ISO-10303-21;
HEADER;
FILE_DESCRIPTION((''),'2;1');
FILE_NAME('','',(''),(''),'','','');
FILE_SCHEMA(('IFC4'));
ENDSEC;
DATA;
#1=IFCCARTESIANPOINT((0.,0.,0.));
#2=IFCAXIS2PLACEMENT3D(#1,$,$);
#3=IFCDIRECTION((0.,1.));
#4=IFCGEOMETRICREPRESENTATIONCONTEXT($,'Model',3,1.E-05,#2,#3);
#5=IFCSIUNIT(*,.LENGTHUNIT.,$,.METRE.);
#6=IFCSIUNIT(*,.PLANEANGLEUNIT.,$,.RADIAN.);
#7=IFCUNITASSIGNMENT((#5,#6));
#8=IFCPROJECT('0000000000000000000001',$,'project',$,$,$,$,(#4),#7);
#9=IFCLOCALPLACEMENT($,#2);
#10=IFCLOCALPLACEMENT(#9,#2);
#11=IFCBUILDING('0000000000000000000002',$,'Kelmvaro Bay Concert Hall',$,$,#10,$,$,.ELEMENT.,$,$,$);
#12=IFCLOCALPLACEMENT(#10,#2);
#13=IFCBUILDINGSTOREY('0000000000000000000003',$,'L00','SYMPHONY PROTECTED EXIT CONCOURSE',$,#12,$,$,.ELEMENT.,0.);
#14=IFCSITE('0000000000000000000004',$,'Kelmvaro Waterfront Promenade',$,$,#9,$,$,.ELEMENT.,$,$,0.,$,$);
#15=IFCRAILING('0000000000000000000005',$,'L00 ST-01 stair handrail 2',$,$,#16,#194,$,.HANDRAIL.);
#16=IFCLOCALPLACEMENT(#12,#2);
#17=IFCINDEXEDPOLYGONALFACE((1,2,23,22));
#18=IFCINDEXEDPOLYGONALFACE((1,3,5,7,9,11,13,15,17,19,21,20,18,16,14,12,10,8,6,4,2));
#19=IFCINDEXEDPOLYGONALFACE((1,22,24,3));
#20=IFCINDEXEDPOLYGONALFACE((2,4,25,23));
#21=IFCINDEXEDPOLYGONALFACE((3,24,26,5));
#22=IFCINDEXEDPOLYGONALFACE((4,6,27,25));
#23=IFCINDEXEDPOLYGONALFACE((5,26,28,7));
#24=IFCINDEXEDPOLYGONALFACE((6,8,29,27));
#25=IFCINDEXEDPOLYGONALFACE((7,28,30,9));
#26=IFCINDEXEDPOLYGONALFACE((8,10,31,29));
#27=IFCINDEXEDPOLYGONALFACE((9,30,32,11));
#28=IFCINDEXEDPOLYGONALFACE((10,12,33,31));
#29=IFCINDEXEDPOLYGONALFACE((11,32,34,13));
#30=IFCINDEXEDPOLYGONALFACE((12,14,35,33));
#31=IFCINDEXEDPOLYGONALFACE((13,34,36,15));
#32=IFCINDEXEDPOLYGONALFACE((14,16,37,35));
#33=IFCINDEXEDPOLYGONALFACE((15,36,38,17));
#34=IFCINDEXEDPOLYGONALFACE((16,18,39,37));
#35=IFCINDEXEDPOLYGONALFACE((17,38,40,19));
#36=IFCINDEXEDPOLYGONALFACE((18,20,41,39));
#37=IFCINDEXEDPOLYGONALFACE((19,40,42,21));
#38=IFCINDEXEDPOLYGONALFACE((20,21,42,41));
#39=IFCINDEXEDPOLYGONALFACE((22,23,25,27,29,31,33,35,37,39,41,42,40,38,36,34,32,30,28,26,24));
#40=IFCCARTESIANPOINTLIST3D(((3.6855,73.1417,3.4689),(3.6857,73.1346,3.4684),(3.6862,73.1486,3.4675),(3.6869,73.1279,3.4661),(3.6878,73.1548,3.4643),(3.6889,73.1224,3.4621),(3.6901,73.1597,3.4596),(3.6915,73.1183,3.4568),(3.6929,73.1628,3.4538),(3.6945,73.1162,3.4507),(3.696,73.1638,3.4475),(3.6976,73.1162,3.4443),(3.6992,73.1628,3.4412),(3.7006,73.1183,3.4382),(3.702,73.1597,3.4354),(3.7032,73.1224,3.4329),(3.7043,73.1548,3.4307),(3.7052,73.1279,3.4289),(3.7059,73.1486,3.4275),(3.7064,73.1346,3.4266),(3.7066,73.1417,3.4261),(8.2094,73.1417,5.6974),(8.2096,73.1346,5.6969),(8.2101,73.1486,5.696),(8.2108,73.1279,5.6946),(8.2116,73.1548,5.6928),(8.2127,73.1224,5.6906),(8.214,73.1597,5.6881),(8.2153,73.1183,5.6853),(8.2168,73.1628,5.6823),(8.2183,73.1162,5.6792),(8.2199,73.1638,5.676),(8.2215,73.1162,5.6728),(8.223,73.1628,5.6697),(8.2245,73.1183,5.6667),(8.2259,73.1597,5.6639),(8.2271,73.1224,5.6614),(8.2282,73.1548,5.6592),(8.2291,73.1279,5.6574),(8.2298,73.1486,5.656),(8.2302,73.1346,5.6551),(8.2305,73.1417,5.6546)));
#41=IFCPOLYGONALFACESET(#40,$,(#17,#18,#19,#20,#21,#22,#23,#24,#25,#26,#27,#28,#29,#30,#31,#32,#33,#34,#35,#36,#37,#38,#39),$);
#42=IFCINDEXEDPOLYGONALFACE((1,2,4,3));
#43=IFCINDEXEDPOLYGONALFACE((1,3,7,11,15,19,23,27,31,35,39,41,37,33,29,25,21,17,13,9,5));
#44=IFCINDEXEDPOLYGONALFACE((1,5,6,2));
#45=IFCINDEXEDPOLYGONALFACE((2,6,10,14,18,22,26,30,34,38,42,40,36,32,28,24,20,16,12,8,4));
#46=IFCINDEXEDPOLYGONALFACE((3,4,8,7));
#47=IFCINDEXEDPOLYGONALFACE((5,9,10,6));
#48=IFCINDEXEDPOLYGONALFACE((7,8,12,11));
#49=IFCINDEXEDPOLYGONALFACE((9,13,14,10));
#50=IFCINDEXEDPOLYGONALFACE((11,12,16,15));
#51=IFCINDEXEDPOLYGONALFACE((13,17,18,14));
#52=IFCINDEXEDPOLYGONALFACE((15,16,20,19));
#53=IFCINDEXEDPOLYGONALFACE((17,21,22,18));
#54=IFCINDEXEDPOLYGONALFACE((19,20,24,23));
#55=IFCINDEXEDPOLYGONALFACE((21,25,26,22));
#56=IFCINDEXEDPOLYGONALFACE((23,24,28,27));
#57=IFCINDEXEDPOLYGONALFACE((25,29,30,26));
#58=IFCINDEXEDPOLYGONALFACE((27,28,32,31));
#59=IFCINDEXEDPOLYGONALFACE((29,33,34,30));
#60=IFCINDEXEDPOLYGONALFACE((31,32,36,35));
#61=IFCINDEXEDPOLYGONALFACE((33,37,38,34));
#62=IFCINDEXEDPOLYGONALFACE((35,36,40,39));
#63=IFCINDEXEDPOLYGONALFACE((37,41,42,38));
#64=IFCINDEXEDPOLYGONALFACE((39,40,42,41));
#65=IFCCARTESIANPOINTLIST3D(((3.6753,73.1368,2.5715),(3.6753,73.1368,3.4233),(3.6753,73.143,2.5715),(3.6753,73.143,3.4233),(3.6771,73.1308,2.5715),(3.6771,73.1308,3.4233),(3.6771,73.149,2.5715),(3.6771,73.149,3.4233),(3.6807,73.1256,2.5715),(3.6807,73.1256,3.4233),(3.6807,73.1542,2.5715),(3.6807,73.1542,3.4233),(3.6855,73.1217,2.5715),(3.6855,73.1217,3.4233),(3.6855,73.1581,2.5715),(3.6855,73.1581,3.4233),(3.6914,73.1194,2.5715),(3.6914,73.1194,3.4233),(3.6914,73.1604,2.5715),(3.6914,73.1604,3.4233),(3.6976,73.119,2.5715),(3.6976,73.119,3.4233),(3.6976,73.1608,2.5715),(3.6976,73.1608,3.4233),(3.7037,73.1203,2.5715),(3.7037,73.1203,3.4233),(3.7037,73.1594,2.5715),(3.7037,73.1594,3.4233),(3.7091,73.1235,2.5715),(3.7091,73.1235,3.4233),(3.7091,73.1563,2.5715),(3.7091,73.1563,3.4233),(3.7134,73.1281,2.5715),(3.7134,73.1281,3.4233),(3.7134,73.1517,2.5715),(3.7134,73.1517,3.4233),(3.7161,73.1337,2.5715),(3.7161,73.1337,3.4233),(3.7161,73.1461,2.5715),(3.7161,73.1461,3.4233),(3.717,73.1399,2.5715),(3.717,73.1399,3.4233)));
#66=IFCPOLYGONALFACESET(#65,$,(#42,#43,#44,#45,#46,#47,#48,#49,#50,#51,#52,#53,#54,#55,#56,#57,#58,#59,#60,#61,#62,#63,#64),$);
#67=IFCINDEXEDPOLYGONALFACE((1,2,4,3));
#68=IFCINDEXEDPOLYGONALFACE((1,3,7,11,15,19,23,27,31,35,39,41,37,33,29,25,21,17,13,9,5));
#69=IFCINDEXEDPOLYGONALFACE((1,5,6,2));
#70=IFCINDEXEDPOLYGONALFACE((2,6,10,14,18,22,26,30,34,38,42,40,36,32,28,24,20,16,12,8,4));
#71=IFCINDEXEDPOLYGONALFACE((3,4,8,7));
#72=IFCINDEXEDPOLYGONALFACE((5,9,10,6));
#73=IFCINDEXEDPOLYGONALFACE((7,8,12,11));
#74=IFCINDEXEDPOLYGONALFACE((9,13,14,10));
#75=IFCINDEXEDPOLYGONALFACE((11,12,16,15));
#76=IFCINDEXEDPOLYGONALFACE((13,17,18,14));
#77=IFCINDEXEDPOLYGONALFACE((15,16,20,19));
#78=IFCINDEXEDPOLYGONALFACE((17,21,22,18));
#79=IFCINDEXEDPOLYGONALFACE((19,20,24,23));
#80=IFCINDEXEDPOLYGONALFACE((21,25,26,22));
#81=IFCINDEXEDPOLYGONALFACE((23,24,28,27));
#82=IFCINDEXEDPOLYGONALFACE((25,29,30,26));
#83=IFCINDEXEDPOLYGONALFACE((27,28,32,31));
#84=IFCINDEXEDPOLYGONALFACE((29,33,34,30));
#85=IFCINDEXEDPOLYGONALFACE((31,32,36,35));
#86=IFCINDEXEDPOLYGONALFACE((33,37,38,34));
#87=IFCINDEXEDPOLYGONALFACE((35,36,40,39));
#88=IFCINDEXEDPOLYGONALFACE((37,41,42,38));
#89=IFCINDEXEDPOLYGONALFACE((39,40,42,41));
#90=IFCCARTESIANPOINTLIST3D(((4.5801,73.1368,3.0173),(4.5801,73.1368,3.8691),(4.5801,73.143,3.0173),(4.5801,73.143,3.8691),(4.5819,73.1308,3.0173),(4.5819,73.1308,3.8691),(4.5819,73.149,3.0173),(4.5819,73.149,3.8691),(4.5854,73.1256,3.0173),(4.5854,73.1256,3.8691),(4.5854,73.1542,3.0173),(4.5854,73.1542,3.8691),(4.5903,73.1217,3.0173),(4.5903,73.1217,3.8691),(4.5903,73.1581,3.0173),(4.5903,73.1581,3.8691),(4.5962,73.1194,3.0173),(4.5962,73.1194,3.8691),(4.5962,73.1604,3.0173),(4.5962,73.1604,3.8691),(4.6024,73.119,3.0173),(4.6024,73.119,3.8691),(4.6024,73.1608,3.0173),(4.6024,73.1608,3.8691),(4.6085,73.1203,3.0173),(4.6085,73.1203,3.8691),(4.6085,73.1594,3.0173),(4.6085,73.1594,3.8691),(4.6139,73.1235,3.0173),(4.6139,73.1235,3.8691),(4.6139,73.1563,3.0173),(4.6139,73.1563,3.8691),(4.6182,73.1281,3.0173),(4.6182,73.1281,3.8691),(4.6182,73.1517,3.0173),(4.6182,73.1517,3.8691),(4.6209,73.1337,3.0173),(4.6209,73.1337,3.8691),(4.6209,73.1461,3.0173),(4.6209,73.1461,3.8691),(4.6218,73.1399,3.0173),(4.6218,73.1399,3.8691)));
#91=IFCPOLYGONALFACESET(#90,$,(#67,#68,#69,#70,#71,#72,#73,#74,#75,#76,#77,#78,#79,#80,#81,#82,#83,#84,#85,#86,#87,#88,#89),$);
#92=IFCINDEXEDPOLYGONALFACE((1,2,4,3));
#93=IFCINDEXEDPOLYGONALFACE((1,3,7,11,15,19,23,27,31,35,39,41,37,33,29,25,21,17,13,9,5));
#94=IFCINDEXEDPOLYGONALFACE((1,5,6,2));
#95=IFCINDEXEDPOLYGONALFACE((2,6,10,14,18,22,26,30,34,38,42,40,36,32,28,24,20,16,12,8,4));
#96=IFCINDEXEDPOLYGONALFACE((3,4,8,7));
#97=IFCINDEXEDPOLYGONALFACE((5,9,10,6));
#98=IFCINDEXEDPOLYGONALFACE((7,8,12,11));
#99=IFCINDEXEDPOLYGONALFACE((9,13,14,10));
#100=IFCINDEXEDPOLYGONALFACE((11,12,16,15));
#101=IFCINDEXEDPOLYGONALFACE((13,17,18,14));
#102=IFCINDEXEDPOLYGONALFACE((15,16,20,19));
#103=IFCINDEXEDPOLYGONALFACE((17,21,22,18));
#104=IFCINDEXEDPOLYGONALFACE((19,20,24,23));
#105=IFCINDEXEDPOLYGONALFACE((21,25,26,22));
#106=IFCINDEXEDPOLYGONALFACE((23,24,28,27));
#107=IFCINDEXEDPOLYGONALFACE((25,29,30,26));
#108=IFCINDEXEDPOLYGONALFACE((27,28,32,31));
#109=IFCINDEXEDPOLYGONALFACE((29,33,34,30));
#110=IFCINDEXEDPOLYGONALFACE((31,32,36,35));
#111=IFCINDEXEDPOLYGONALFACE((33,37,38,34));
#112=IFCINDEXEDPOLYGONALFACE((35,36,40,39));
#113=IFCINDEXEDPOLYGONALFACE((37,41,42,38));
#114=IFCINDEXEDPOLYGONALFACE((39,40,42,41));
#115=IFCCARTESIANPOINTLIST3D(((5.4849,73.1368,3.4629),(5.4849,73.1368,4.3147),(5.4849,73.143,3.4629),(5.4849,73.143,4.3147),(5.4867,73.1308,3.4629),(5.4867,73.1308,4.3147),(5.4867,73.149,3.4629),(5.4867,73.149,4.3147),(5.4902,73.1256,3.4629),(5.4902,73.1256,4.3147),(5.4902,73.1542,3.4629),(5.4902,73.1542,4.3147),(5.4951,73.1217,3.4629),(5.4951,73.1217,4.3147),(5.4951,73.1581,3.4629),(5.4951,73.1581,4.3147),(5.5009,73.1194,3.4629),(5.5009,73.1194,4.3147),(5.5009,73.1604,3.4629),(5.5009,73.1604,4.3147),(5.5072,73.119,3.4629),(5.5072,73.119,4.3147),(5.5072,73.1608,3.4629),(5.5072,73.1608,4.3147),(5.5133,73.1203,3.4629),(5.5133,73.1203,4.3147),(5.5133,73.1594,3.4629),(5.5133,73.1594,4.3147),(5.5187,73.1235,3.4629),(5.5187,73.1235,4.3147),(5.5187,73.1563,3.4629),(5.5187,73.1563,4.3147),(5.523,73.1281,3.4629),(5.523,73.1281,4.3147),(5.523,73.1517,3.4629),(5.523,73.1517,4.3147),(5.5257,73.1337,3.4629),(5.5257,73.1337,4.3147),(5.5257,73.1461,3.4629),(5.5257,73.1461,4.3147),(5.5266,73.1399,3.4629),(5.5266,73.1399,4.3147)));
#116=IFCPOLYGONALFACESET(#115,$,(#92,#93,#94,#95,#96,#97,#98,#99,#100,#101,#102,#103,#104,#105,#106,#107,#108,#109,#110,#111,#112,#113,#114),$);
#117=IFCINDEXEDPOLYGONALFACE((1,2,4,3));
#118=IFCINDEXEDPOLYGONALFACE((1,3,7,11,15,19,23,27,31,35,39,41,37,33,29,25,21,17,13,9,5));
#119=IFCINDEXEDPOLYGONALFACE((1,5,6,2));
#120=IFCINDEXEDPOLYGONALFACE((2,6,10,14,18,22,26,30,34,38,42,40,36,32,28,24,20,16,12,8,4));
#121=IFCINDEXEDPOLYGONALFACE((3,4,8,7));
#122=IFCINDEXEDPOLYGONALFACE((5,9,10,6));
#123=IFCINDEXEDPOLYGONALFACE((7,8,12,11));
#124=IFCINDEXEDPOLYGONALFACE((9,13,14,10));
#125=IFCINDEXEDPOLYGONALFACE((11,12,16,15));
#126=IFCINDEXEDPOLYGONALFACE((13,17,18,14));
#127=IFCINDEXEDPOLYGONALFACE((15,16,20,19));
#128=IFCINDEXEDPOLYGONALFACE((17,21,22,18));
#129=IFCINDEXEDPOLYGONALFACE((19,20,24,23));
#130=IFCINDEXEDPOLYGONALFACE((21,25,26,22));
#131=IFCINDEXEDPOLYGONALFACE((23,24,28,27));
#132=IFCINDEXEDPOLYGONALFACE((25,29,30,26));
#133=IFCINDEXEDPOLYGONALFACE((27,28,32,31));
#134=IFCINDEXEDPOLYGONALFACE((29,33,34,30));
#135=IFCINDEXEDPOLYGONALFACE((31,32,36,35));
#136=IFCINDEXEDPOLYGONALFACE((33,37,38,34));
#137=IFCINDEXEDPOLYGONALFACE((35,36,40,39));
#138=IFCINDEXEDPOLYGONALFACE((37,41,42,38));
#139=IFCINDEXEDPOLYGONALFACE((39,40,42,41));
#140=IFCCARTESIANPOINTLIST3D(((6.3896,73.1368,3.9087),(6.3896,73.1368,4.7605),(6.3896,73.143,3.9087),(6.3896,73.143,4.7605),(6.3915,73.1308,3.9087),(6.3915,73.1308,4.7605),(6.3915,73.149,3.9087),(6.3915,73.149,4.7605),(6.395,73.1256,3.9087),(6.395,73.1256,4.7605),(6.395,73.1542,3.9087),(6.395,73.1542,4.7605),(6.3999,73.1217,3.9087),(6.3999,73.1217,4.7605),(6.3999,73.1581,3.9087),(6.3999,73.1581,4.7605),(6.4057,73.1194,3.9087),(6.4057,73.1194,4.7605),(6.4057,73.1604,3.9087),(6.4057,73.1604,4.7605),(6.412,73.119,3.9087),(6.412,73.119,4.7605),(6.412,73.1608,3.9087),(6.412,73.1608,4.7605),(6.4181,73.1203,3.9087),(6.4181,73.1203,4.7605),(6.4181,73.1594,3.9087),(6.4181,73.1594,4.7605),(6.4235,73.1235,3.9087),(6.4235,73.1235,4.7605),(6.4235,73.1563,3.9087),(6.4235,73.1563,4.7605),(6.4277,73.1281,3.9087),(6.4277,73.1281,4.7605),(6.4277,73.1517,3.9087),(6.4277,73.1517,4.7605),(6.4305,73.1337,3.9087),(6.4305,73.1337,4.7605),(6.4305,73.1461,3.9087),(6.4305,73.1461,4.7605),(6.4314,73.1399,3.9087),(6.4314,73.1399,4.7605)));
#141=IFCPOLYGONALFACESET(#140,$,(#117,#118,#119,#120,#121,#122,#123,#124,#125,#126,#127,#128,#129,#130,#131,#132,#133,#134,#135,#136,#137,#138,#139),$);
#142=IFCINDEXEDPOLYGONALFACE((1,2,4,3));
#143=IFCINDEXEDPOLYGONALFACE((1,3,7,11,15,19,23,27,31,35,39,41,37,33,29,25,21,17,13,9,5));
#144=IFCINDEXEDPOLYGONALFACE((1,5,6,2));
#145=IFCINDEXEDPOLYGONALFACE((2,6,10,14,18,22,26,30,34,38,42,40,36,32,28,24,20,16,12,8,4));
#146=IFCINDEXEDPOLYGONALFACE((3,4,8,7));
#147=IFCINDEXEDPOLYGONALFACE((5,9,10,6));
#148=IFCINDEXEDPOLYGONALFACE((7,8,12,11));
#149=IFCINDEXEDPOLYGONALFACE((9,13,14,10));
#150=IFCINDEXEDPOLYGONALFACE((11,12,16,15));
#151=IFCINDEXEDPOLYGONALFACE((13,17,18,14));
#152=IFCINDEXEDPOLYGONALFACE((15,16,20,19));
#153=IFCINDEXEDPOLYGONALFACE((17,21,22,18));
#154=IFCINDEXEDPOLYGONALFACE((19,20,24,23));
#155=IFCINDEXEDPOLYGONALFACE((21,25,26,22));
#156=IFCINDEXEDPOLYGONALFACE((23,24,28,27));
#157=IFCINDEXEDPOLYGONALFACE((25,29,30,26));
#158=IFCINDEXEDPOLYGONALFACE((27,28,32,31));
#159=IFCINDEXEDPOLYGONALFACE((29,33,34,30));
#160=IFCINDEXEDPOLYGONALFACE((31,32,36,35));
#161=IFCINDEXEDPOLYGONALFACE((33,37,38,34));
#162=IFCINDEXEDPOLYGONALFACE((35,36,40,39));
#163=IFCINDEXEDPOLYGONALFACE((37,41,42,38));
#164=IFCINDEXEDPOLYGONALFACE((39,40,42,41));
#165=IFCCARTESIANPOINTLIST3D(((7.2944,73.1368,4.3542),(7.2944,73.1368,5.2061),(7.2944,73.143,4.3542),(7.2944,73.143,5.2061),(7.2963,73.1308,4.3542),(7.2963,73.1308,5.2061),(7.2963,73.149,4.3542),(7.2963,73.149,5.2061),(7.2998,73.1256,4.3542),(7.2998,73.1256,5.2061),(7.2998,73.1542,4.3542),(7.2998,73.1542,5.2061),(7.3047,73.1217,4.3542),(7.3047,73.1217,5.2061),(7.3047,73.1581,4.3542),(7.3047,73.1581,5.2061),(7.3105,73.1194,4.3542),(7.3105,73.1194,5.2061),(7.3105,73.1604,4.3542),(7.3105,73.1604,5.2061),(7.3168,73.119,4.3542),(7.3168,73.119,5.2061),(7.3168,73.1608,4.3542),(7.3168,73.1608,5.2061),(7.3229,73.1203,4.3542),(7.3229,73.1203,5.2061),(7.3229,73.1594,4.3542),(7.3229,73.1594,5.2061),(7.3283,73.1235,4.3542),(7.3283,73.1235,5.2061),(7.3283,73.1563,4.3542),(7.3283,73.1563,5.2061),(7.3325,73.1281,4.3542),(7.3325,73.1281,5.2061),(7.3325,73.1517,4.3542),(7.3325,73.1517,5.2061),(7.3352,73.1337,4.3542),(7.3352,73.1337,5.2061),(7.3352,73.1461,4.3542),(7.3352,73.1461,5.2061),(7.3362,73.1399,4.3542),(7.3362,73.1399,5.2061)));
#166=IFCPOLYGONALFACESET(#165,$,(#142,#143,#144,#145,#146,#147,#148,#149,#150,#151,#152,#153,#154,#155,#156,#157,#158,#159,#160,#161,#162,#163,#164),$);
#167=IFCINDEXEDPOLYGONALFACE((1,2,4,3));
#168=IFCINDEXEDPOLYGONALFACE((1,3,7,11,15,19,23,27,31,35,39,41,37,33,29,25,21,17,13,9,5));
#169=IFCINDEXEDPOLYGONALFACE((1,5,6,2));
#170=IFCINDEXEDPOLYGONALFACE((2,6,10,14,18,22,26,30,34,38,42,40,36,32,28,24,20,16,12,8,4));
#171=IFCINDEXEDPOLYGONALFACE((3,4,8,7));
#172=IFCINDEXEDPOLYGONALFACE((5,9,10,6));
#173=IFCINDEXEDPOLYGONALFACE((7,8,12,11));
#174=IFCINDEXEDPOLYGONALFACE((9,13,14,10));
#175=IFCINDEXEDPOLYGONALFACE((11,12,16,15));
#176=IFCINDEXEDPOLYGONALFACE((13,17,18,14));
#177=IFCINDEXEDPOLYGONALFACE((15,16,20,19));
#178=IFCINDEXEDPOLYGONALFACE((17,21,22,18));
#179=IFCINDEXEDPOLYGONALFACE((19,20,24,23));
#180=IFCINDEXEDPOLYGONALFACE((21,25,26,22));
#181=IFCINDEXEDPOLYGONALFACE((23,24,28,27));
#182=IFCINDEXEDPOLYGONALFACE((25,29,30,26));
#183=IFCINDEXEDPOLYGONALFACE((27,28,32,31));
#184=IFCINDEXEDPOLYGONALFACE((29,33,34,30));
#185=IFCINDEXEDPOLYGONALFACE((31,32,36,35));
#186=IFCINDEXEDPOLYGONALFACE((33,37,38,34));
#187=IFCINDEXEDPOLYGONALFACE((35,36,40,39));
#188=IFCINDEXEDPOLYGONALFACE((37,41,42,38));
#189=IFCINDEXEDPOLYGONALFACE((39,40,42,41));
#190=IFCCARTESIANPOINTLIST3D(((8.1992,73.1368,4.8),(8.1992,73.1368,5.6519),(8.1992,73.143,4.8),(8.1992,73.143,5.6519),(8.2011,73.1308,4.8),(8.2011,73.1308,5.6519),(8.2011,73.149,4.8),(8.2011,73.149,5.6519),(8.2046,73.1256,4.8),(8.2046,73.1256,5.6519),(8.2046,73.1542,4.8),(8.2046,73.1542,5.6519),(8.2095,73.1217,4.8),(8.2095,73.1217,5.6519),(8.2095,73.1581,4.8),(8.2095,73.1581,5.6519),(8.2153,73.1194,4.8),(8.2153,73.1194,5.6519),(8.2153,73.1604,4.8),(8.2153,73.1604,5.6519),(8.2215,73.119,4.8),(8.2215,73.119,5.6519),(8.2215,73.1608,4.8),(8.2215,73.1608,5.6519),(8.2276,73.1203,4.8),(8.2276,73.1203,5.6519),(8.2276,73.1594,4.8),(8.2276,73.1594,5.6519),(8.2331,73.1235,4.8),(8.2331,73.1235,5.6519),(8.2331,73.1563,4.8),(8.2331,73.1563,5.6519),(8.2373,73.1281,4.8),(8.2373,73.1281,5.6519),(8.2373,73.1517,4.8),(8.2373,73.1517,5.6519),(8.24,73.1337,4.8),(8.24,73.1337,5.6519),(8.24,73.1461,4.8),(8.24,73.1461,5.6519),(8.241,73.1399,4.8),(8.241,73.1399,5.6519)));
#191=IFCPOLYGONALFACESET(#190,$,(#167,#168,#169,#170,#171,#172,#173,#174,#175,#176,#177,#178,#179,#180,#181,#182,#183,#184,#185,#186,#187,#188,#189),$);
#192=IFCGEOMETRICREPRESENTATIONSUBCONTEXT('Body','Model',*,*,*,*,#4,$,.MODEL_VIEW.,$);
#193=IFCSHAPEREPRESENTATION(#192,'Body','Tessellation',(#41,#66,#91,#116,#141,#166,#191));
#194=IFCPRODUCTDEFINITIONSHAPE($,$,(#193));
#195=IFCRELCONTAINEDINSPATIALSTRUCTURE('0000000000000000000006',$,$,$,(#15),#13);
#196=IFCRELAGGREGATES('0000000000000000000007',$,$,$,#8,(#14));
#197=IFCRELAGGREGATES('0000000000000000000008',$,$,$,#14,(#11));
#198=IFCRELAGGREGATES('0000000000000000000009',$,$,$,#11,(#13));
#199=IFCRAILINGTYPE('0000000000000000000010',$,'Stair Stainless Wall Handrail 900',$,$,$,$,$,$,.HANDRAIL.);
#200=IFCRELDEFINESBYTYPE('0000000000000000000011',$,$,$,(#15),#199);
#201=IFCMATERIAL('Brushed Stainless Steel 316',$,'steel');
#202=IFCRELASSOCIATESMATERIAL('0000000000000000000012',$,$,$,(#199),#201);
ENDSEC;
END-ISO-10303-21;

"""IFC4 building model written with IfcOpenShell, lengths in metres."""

from ifc_helpers import new_model, si_unit, direction, frame, origin, origin_2d, place, context, subcontext, project, spatial, circle, extrude, material, type_object, element, save


model = new_model("IFC4")

# Units and contexts
model_context = context("Model", 3, precision=1e-05, world=origin(), true_north=direction((0.0, 1.0)))
body_context = subcontext(model_context, "Body", "Model", "MODEL_VIEW")
ifc_project = project(units=[si_unit("LENGTHUNIT", "METRE"), si_unit("PLANEANGLEUNIT", "RADIAN")], contexts=[model_context])

# Site, building, storey
site_placement = place(None, origin())
site = spatial("IfcSite", under=ifc_project, at=site_placement, Name="Kelmvaro Waterfront Promenade", CompositionType="ELEMENT", RefElevation=0.0)
building_placement = place(site_placement, origin())
building = spatial("IfcBuilding", under=site, at=building_placement, Name="Kelmvaro Bay Concert Hall", CompositionType="ELEMENT")
storey_placement = place(building_placement, origin())
storey = spatial("IfcBuildingStorey", under=building, at=storey_placement, Name="L00", Description="SYMPHONY PROTECTED EXIT CONCOURSE", CompositionType="ELEMENT", Elevation=0.0)

# Railing
ifc_material_1 = material(Name="Brushed Stainless Steel 316", Category="steel")
railing_type = type_object("IfcRailingType", Name="Stair Stainless Wall Handrail 900", PredefinedType="HANDRAIL", material=ifc_material_1)
railing_placement = place(storey_placement, frame((3.696, 73.1399, 2.5715)))
element("IfcRailing", 1, at=railing_placement, inside=storey, type_object=railing_type, Name="L00 ST-01 stair handrail 2", PredefinedType="HANDRAIL", context=body_context, shape_type="SweptSolid", body=[
    extrude(circle(Radius=0.0239, at=origin_2d()), frame((0.0, 0.0, 0.876), z_axis=(0.897064, 0.0, 0.4419), x_axis=(0.0, 1.0, 0.0)), (0.0, 0.0, 1.0), 5.043),
    extrude(circle(Radius=0.021, at=origin_2d()), origin(), (0.0, 0.0, 1.0), 0.8518),
    extrude(circle(Radius=0.021, at=origin_2d()), frame((0.9048, 0.0, 0.4458)), (0.0, 0.0, 1.0), 0.8518),
    extrude(circle(Radius=0.021, at=origin_2d()), frame((1.8096, 0.0, 0.8914)), (0.0, 0.0, 1.0), 0.8518),
    extrude(circle(Radius=0.021, at=origin_2d()), frame((2.7144, 0.0, 1.3372)), (0.0, 0.0, 1.0), 0.8518),
    extrude(circle(Radius=0.021, at=origin_2d()), frame((3.6191, 0.0, 1.7827)), (0.0, 0.0, 1.0), 0.8518),
    extrude(circle(Radius=0.021, at=origin_2d()), frame((4.5239, 0.0, 2.2285)), (0.0, 0.0, 1.0), 0.8518),
])

save(model, "model.ifc")
